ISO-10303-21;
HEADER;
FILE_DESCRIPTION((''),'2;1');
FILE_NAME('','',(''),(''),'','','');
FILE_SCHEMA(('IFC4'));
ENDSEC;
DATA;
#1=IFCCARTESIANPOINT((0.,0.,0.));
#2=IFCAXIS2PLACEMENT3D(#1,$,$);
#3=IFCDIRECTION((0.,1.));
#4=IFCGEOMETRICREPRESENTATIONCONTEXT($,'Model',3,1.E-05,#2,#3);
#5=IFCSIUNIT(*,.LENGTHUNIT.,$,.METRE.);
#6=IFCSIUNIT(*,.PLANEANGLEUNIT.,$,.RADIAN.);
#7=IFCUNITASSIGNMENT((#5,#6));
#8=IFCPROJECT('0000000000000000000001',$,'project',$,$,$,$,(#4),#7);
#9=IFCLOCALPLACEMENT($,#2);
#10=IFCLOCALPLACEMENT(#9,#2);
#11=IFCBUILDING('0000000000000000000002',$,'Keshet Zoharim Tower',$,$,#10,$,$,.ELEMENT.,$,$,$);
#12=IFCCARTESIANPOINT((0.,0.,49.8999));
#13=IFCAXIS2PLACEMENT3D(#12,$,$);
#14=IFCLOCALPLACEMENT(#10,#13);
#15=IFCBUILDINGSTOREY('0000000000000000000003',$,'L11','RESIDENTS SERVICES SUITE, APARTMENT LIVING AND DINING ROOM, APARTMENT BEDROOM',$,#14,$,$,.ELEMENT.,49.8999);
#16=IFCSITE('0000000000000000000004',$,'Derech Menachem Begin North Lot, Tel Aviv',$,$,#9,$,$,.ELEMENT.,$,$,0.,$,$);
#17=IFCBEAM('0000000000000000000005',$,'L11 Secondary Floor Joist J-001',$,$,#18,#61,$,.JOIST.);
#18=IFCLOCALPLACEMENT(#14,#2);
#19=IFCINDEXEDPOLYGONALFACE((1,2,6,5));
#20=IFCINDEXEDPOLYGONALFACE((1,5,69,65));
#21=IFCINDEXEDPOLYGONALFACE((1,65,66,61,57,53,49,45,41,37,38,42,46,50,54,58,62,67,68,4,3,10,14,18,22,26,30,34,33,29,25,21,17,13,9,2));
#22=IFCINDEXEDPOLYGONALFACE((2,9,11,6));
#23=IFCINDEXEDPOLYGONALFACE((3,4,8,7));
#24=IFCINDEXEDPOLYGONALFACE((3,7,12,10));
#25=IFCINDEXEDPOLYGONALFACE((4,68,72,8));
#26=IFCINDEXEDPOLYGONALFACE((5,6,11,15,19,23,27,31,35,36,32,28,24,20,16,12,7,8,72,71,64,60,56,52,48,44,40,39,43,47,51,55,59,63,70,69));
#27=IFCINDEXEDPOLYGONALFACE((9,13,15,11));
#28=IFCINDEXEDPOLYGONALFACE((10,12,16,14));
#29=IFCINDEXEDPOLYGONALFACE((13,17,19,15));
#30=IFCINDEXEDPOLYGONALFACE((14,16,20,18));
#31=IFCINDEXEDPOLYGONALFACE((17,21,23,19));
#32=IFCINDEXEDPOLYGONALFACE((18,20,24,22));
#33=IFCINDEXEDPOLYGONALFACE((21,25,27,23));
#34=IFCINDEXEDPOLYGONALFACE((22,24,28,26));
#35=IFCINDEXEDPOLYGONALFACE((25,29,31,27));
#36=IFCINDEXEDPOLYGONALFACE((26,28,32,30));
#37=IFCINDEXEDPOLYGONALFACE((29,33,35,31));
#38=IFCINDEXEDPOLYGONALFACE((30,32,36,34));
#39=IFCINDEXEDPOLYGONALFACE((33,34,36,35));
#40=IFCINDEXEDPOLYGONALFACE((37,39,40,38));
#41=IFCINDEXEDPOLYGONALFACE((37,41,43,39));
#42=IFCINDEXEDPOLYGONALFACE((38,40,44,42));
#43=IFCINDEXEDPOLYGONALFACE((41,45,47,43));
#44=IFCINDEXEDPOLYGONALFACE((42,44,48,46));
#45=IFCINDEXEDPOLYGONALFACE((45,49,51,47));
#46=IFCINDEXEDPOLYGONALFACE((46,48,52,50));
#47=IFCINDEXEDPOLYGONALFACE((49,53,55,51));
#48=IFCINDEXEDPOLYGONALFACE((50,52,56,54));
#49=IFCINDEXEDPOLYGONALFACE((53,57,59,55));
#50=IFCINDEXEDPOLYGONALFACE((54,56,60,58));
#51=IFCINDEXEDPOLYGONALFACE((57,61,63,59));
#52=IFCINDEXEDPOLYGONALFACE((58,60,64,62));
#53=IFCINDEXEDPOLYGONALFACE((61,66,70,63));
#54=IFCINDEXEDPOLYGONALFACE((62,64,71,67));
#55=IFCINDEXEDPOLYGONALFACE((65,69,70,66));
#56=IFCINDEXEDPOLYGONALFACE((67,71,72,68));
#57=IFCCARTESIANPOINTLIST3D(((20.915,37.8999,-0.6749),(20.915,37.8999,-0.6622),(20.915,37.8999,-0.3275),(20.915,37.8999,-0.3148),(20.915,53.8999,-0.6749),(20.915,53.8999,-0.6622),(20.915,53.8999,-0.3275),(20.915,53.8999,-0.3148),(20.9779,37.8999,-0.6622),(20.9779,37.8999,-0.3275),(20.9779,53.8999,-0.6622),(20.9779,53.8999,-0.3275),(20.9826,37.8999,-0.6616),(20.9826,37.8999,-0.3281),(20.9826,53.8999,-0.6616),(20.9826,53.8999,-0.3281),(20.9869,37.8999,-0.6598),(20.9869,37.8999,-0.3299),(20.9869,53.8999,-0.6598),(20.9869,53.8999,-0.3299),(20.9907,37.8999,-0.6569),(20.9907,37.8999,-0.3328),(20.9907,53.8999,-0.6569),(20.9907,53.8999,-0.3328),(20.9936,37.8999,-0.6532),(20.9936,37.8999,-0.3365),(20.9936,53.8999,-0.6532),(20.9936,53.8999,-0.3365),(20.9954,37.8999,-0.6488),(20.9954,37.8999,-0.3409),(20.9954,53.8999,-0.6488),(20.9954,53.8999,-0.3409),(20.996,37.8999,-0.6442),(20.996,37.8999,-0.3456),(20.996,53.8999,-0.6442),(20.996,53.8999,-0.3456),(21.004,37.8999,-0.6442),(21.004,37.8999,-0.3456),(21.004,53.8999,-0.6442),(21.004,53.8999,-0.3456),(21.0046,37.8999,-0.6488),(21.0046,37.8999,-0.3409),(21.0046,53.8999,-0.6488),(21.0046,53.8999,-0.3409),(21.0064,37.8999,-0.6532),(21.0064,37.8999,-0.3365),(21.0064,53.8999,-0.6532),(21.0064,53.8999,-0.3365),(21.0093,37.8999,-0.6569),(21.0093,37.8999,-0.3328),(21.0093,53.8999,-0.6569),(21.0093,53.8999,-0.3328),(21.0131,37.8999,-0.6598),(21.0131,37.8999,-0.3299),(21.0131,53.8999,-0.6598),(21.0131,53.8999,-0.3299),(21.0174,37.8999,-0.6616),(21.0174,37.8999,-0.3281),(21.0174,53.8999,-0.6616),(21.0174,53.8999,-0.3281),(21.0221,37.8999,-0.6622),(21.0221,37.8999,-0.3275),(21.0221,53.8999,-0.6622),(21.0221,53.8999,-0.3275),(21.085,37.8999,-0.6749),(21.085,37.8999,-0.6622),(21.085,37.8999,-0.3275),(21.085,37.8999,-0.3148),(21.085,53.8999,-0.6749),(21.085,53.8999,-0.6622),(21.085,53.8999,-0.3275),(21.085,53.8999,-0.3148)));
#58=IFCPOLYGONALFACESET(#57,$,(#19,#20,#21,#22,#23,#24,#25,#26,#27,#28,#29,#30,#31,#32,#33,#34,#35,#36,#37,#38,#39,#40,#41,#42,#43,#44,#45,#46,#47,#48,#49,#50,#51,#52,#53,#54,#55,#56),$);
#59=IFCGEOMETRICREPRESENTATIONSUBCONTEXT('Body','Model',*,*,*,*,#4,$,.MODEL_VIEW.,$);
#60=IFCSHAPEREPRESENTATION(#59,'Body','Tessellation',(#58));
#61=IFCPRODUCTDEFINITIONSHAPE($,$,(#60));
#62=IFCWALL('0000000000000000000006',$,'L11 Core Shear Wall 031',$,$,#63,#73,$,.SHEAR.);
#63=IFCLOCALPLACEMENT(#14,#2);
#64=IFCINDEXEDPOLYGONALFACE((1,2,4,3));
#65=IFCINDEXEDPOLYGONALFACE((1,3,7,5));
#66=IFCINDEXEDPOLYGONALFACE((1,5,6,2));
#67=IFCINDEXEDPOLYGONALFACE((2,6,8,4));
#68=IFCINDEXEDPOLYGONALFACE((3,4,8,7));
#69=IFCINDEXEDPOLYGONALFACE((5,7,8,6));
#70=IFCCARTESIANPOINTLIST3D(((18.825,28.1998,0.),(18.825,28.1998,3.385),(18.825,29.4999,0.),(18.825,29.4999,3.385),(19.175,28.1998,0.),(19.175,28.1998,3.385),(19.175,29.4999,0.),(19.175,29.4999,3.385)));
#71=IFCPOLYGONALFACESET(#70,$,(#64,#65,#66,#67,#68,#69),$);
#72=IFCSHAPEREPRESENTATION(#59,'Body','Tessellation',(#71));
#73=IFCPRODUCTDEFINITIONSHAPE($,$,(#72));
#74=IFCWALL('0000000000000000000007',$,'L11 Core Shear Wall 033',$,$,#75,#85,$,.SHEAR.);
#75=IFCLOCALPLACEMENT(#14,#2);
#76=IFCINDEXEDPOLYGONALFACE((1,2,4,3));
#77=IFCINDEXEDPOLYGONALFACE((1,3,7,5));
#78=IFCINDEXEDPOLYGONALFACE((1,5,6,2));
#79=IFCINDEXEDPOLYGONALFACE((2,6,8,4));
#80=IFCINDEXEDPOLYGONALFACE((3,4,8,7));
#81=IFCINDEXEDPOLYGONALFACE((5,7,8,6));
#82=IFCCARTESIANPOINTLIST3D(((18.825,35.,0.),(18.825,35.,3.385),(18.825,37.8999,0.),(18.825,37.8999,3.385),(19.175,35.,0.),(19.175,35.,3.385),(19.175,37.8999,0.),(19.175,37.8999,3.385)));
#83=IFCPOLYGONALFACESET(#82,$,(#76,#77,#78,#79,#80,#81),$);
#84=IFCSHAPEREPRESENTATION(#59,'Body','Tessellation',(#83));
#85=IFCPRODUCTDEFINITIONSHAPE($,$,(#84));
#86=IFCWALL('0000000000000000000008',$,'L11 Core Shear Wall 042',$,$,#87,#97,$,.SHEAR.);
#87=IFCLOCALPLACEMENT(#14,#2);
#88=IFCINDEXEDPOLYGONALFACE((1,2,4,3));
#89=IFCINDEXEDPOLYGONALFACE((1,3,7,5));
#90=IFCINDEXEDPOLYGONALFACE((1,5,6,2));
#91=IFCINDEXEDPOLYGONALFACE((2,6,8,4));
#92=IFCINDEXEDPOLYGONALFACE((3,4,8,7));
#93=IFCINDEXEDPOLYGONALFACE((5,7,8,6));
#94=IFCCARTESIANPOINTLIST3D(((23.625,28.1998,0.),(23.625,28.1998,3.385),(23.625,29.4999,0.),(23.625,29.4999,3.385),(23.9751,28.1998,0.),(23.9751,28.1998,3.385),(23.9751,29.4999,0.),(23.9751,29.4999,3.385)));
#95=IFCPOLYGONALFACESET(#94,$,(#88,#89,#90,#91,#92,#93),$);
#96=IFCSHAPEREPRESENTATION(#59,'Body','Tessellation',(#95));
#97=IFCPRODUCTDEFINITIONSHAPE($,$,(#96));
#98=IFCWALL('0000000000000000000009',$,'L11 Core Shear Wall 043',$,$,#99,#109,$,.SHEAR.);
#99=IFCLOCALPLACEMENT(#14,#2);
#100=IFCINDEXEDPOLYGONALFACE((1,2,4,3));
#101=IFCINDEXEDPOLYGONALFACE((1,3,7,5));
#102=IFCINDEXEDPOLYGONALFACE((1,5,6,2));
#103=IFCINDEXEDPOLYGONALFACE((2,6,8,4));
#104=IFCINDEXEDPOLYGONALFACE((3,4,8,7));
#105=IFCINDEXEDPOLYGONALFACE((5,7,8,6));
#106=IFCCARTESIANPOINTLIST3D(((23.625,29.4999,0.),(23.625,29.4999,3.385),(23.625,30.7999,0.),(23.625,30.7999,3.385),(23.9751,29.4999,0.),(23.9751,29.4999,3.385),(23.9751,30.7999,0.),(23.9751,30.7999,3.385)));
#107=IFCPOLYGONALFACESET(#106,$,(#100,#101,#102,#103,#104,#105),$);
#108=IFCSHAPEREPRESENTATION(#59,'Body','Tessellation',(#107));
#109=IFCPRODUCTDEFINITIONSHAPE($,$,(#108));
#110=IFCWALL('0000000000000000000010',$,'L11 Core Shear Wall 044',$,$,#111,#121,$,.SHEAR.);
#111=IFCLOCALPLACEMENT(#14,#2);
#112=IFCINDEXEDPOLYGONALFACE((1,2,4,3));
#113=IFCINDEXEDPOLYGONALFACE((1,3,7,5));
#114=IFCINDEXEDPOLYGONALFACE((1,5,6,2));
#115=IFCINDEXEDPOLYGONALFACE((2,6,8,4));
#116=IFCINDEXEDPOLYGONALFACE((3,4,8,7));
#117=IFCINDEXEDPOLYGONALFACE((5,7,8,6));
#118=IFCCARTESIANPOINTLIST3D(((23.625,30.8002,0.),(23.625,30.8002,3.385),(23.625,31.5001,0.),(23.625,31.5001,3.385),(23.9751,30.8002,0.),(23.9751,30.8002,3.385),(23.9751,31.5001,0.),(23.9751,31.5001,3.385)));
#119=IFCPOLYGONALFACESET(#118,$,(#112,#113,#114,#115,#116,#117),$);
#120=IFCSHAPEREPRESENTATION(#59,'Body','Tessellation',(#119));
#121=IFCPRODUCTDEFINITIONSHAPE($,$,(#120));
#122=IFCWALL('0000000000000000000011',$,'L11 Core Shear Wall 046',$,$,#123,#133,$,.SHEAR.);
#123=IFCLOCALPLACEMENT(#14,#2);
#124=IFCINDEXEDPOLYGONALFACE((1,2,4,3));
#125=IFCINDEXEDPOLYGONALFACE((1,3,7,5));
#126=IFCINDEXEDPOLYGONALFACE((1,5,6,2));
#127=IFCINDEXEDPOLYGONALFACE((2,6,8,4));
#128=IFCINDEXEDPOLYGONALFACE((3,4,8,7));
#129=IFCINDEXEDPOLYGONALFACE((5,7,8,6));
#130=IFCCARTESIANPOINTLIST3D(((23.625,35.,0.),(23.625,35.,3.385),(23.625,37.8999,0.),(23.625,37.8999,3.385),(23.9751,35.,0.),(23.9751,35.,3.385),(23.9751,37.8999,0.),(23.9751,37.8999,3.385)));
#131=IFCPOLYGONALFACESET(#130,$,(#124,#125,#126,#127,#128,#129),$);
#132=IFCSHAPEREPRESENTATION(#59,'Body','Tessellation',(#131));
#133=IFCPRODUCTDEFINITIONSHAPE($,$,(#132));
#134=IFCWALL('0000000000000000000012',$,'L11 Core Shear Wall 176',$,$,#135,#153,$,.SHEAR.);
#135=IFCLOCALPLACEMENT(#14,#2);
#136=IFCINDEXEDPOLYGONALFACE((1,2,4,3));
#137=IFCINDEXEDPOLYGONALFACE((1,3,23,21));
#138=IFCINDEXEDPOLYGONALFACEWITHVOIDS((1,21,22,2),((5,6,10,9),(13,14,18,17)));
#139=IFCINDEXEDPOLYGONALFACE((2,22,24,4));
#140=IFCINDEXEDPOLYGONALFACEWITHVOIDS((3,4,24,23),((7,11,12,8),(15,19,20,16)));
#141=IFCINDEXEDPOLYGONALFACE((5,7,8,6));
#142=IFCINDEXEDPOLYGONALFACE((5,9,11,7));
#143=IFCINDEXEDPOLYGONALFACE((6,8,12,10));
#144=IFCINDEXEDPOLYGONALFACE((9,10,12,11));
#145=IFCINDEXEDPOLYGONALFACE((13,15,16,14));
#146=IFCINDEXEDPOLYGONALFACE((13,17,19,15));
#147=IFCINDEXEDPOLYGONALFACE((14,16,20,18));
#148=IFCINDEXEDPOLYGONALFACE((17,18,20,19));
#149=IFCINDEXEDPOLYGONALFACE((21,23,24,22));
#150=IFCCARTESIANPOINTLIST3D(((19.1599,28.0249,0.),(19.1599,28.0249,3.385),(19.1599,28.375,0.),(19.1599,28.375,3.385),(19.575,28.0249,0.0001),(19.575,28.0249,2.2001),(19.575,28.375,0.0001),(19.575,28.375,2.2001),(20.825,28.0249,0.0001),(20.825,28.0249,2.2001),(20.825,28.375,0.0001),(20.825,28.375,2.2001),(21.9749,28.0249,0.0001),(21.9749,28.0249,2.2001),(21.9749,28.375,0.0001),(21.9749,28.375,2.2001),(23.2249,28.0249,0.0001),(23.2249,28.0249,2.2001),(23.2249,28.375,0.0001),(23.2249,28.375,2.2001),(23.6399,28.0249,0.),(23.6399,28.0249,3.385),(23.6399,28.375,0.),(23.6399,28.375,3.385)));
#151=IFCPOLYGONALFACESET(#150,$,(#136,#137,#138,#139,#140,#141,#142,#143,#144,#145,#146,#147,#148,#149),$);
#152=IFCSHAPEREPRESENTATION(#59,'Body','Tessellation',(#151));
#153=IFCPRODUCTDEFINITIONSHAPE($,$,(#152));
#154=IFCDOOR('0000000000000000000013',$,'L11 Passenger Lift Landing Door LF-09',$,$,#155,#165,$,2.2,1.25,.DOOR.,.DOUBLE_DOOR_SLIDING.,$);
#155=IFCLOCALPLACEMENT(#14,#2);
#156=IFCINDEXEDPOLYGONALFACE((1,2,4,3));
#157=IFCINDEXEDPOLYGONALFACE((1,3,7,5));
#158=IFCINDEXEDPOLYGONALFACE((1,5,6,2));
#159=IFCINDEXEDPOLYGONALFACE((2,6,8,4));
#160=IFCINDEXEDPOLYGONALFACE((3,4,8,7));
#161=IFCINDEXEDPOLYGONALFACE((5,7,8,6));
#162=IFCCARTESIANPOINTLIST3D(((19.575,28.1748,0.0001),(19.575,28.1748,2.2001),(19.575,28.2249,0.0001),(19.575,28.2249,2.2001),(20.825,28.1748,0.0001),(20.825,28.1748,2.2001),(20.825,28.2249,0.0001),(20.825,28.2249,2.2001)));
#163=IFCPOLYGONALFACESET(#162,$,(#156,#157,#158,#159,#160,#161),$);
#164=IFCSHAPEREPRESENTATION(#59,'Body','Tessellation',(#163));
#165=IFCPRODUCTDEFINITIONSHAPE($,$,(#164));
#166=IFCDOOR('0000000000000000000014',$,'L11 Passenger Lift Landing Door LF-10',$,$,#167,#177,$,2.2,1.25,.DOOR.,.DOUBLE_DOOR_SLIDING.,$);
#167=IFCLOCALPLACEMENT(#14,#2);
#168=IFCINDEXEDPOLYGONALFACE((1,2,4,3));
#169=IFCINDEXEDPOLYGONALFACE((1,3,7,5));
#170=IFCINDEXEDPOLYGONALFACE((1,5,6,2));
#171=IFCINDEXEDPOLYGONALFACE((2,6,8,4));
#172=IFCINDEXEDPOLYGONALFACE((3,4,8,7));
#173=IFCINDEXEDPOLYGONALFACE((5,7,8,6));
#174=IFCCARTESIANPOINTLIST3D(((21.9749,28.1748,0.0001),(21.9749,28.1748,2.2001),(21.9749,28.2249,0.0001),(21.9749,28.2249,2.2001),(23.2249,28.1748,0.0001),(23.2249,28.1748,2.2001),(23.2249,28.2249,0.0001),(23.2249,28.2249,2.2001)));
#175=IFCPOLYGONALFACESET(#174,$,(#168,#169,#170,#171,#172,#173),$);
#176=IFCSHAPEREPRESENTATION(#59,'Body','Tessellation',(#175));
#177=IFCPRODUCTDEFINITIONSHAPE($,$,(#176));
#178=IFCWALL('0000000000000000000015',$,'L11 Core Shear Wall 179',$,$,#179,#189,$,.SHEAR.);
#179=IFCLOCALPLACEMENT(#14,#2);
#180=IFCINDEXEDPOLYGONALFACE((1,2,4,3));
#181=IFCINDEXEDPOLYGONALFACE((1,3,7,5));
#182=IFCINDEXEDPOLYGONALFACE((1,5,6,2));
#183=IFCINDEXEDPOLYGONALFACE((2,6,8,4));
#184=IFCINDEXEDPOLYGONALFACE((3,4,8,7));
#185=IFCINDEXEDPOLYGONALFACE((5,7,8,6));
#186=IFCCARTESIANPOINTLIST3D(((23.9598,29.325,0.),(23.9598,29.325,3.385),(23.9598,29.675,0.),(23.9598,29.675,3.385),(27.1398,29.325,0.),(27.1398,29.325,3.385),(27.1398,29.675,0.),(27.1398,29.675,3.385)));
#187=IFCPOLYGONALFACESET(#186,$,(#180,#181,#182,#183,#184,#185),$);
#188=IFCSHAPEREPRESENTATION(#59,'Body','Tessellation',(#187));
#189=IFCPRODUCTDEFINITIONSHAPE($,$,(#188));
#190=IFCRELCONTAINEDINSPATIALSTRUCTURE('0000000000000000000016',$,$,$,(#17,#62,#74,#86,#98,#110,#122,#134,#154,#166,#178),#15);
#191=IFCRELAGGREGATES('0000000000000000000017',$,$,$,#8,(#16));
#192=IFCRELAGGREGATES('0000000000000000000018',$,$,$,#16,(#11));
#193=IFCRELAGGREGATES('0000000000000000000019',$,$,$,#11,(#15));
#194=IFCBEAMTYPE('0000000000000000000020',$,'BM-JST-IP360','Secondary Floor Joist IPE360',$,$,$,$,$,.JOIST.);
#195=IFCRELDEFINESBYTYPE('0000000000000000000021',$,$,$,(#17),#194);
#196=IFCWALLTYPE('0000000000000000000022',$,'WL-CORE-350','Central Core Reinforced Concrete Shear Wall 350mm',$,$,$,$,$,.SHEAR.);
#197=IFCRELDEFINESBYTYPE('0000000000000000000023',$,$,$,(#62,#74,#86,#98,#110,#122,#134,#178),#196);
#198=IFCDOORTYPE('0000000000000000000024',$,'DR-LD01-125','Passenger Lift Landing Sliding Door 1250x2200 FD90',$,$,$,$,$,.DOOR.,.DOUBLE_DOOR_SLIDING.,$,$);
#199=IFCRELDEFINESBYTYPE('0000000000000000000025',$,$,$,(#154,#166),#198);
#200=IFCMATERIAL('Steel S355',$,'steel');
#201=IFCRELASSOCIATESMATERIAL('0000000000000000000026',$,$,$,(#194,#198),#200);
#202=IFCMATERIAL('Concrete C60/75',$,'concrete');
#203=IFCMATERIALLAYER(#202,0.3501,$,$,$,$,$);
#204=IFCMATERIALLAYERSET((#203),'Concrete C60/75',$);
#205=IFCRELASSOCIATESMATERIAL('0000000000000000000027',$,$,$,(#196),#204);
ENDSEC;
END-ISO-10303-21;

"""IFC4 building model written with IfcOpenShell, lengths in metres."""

from ifc_helpers import new_model, si_unit, direction, frame, frame_2d, origin, origin_2d, place, context, subcontext, project, spatial, rectangle, i_section, extrude, material, layer, layer_set, material_profile, profile_set, type_object, element, fill, save


model = new_model("IFC4")

# Units and contexts
model_context = context("Model", 3, precision=1e-05, world=origin(), true_north=direction((0.0, 1.0)))
body_context = subcontext(model_context, "Body", "Model", "MODEL_VIEW")
ifc_project = project(units=[si_unit("LENGTHUNIT", "METRE"), si_unit("PLANEANGLEUNIT", "RADIAN")], contexts=[model_context])

# Site, building, storey
site_placement = place(None, origin())
site = spatial("IfcSite", under=ifc_project, at=site_placement, Name="Derech Menachem Begin North Lot, Tel Aviv", CompositionType="ELEMENT", RefElevation=0.0)
building_placement = place(site_placement, origin())
building = spatial("IfcBuilding", under=site, at=building_placement, Name="Keshet Zoharim Tower", CompositionType="ELEMENT")
storey_placement = place(building_placement, frame((0.0, 0.0, 49.8999)))
storey = spatial("IfcBuildingStorey", under=building, at=storey_placement, Name="L11", Description="RESIDENTS SERVICES SUITE, APARTMENT LIVING AND DINING ROOM, APARTMENT BEDROOM", CompositionType="ELEMENT", Elevation=49.8999)

# Beam
ifc_material_1 = material(Name="Steel S355", Category="steel")
ifc_material_profile = material_profile(ifc_material_1, i_section(OverallWidth=0.1699, OverallDepth=0.3601, WebThickness=0.0081, FlangeThickness=0.0127, FilletRadius=0.0181, at=origin_2d()), Name="IPE360")
ifc_profile_set = profile_set([ifc_material_profile], Name="Steel S355")
beam_type = type_object("IfcBeamType", Name="BM-JST-IP360", Description="Secondary Floor Joist IPE360", PredefinedType="JOIST", material=ifc_profile_set)
beam_placement = place(storey_placement, frame((21.0, 37.8999, -0.4949), z_axis=(0.0, 1.0, 0.0), x_axis=(-1.0, 0.0, 0.0)))
element("IfcBeam", 1, at=beam_placement, inside=storey, type_object=beam_type, Name="L11 Secondary Floor Joist J-001", PredefinedType="JOIST", context=body_context, shape_type="SweptSolid", body=[
    extrude(i_section(OverallWidth=0.1699, OverallDepth=0.3601, WebThickness=0.0081, FlangeThickness=0.0127, FilletRadius=0.0181, at=origin_2d()), origin(), (0.0, 0.0, 1.0), 16.0),
])

# Wall
ifc_material_2 = material(Name="Concrete C60/75", Category="concrete")
ifc_layer_1 = layer(ifc_material_2, 0.3501)
ifc_layer_set_1 = layer_set([ifc_layer_1], Name="Concrete C60/75")
wall_type_1 = type_object("IfcWallType", Name="WL-CORE-350", Description="Central Core Reinforced Concrete Shear Wall 350mm", PredefinedType="SHEAR", material=ifc_layer_set_1)
wall_1_placement = place(storey_placement, frame((19.0, 28.2, 0.0), z_axis=(0.0, 0.0, 1.0), x_axis=(0.0, 1.0, 0.0)))
element("IfcWall", 2, at=wall_1_placement, inside=storey, type_object=wall_type_1, Name="L11 Core Shear Wall 031", PredefinedType="SHEAR", context=body_context, shape_type="SweptSolid", body=[
    extrude(rectangle(XDim=1.3, YDim=0.3501, at=frame_2d((0.6499, 0.0))), origin(), (0.0, 0.0, 1.0), 3.385),
])

# Walls
wall_2_placement = place(storey_placement, frame((19.0, 35.0, 0.0), z_axis=(0.0, 0.0, 1.0), x_axis=(0.0, 1.0, 0.0)))
element("IfcWall", 3, at=wall_2_placement, inside=storey, type_object=wall_type_1, Name="L11 Core Shear Wall 033", PredefinedType="SHEAR", context=body_context, shape_type="SweptSolid", body=[
    extrude(rectangle(XDim=2.8999, YDim=0.3501, at=frame_2d((1.45, 0.0))), origin(), (0.0, 0.0, 1.0), 3.385),
])
for number, where, z_axis, x_axis, name in (
    (4, (23.8, 28.2, 0.0), (0.0, 0.0, 1.0), (0.0, 1.0, 0.0), "L11 Core Shear Wall 042"),
    (5, (23.8, 29.5, 0.0), (0.0, 0.0, 1.0), (0.0, 1.0, 0.0), "L11 Core Shear Wall 043"),
):
    element("IfcWall", number, at=place(storey_placement, frame(where, z_axis=z_axis, x_axis=x_axis)), inside=storey, type_object=wall_type_1, Name=name, PredefinedType="SHEAR", context=body_context, shape_type="SweptSolid", body=[
        extrude(rectangle(XDim=1.3, YDim=0.3501, at=frame_2d((0.6499, 0.0))), origin(), (0.0, 0.0, 1.0), 3.385),
    ])
wall_3_placement = place(storey_placement, frame((23.8, 30.8, 0.0), z_axis=(0.0, 0.0, 1.0), x_axis=(0.0, 1.0, 0.0)))
element("IfcWall", 6, at=wall_3_placement, inside=storey, type_object=wall_type_1, Name="L11 Core Shear Wall 044", PredefinedType="SHEAR", context=body_context, shape_type="SweptSolid", body=[
    extrude(rectangle(XDim=0.7, YDim=0.3501, at=frame_2d((0.3501, 0.0))), origin(), (0.0, 0.0, 1.0), 3.385),
])

# Wall
wall_4_placement = place(storey_placement, frame((23.8, 35.0, 0.0), z_axis=(0.0, 0.0, 1.0), x_axis=(0.0, 1.0, 0.0)))
element("IfcWall", 7, at=wall_4_placement, inside=storey, type_object=wall_type_1, Name="L11 Core Shear Wall 046", PredefinedType="SHEAR", context=body_context, shape_type="SweptSolid", body=[
    extrude(rectangle(XDim=2.8999, YDim=0.3501, at=frame_2d((1.45, 0.0))), origin(), (0.0, 0.0, 1.0), 3.385),
])

# Wall, openings, doors
wall_5_placement = place(storey_placement, frame((19.1599, 28.2, 0.0), z_axis=(0.0, 0.0, 1.0), x_axis=(1.0, 0.0, 0.0)))
wall_5 = element("IfcWall", 8, at=wall_5_placement, inside=storey, type_object=wall_type_1, Name="L11 Core Shear Wall 176", PredefinedType="SHEAR", context=body_context, shape_type="SweptSolid", body=[
    extrude(rectangle(XDim=4.48, YDim=0.3501, at=frame_2d((2.24, 0.0))), origin(), (0.0, 0.0, 1.0), 3.385),
])
opening_1_placement = place(wall_5_placement, frame((0.415, 0.0, 0.0)))
opening_1 = element("IfcOpeningElement", 9, at=opening_1_placement, cuts=wall_5, PredefinedType="OPENING", context=body_context, shape_type="SweptSolid", body=[
    extrude(rectangle(XDim=1.25, YDim=2.2, at=frame_2d((0.625, 1.1001))), frame((0.0, 0.1851, 0.0), z_axis=(0.0, -1.0, 0.0), x_axis=(1.0, 0.0, 0.0)), (0.0, 0.0, 1.0), 0.3701),
])
opening_2_placement = place(wall_5_placement, frame((2.8149, 0.0, 0.0)))
opening_2 = element("IfcOpeningElement", 10, at=opening_2_placement, cuts=wall_5, PredefinedType="OPENING", context=body_context, shape_type="SweptSolid", body=[
    extrude(rectangle(XDim=1.25, YDim=2.2, at=frame_2d((0.625, 1.1001))), frame((0.0, 0.1851, 0.0), z_axis=(0.0, -1.0, 0.0), x_axis=(1.0, 0.0, 0.0)), (0.0, 0.0, 1.0), 0.3701),
])
door_type_1 = type_object("IfcDoorType", Name="DR-LD01-125", Description="Passenger Lift Landing Sliding Door 1250x2200 FD90", OperationType="DOUBLE_DOOR_SLIDING", PredefinedType="DOOR", material=ifc_material_1)
door_1_placement = place(opening_1_placement, origin())
door_1 = element("IfcDoor", 11, at=door_1_placement, inside=storey, type_object=door_type_1, Name="L11 Passenger Lift Landing Door LF-09", OperationType="DOUBLE_DOOR_SLIDING", OverallHeight=2.2, OverallWidth=1.25, PredefinedType="DOOR", context=body_context, shape_type="SweptSolid", body=[
    extrude(rectangle(XDim=1.25, YDim=2.2, at=frame_2d((0.625, 1.1001))), frame((0.0, 0.0249, 0.0), z_axis=(0.0, -1.0, 0.0), x_axis=(1.0, 0.0, 0.0)), (0.0, 0.0, 1.0), 0.05),
])
fill(opening_1, door_1)
door_2_placement = place(opening_2_placement, origin())
door_2 = element("IfcDoor", 12, at=door_2_placement, inside=storey, type_object=door_type_1, Name="L11 Passenger Lift Landing Door LF-10", OperationType="DOUBLE_DOOR_SLIDING", OverallHeight=2.2, OverallWidth=1.25, PredefinedType="DOOR", context=body_context, shape_type="SweptSolid", body=[
    extrude(rectangle(XDim=1.25, YDim=2.2, at=frame_2d((0.625, 1.1001))), frame((0.0, 0.0249, 0.0), z_axis=(0.0, -1.0, 0.0), x_axis=(1.0, 0.0, 0.0)), (0.0, 0.0, 1.0), 0.05),
])
fill(opening_2, door_2)

# Wall
wall_6_placement = place(storey_placement, frame((23.96, 29.5, 0.0), z_axis=(0.0, 0.0, 1.0), x_axis=(1.0, 0.0, 0.0)))
element("IfcWall", 13, at=wall_6_placement, inside=storey, type_object=wall_type_1, Name="L11 Core Shear Wall 179", PredefinedType="SHEAR", context=body_context, shape_type="SweptSolid", body=[
    extrude(rectangle(XDim=3.1799, YDim=0.3501, at=frame_2d((1.5898, 0.0))), origin(), (0.0, 0.0, 1.0), 3.385),
])

save(model, "model.ifc")
